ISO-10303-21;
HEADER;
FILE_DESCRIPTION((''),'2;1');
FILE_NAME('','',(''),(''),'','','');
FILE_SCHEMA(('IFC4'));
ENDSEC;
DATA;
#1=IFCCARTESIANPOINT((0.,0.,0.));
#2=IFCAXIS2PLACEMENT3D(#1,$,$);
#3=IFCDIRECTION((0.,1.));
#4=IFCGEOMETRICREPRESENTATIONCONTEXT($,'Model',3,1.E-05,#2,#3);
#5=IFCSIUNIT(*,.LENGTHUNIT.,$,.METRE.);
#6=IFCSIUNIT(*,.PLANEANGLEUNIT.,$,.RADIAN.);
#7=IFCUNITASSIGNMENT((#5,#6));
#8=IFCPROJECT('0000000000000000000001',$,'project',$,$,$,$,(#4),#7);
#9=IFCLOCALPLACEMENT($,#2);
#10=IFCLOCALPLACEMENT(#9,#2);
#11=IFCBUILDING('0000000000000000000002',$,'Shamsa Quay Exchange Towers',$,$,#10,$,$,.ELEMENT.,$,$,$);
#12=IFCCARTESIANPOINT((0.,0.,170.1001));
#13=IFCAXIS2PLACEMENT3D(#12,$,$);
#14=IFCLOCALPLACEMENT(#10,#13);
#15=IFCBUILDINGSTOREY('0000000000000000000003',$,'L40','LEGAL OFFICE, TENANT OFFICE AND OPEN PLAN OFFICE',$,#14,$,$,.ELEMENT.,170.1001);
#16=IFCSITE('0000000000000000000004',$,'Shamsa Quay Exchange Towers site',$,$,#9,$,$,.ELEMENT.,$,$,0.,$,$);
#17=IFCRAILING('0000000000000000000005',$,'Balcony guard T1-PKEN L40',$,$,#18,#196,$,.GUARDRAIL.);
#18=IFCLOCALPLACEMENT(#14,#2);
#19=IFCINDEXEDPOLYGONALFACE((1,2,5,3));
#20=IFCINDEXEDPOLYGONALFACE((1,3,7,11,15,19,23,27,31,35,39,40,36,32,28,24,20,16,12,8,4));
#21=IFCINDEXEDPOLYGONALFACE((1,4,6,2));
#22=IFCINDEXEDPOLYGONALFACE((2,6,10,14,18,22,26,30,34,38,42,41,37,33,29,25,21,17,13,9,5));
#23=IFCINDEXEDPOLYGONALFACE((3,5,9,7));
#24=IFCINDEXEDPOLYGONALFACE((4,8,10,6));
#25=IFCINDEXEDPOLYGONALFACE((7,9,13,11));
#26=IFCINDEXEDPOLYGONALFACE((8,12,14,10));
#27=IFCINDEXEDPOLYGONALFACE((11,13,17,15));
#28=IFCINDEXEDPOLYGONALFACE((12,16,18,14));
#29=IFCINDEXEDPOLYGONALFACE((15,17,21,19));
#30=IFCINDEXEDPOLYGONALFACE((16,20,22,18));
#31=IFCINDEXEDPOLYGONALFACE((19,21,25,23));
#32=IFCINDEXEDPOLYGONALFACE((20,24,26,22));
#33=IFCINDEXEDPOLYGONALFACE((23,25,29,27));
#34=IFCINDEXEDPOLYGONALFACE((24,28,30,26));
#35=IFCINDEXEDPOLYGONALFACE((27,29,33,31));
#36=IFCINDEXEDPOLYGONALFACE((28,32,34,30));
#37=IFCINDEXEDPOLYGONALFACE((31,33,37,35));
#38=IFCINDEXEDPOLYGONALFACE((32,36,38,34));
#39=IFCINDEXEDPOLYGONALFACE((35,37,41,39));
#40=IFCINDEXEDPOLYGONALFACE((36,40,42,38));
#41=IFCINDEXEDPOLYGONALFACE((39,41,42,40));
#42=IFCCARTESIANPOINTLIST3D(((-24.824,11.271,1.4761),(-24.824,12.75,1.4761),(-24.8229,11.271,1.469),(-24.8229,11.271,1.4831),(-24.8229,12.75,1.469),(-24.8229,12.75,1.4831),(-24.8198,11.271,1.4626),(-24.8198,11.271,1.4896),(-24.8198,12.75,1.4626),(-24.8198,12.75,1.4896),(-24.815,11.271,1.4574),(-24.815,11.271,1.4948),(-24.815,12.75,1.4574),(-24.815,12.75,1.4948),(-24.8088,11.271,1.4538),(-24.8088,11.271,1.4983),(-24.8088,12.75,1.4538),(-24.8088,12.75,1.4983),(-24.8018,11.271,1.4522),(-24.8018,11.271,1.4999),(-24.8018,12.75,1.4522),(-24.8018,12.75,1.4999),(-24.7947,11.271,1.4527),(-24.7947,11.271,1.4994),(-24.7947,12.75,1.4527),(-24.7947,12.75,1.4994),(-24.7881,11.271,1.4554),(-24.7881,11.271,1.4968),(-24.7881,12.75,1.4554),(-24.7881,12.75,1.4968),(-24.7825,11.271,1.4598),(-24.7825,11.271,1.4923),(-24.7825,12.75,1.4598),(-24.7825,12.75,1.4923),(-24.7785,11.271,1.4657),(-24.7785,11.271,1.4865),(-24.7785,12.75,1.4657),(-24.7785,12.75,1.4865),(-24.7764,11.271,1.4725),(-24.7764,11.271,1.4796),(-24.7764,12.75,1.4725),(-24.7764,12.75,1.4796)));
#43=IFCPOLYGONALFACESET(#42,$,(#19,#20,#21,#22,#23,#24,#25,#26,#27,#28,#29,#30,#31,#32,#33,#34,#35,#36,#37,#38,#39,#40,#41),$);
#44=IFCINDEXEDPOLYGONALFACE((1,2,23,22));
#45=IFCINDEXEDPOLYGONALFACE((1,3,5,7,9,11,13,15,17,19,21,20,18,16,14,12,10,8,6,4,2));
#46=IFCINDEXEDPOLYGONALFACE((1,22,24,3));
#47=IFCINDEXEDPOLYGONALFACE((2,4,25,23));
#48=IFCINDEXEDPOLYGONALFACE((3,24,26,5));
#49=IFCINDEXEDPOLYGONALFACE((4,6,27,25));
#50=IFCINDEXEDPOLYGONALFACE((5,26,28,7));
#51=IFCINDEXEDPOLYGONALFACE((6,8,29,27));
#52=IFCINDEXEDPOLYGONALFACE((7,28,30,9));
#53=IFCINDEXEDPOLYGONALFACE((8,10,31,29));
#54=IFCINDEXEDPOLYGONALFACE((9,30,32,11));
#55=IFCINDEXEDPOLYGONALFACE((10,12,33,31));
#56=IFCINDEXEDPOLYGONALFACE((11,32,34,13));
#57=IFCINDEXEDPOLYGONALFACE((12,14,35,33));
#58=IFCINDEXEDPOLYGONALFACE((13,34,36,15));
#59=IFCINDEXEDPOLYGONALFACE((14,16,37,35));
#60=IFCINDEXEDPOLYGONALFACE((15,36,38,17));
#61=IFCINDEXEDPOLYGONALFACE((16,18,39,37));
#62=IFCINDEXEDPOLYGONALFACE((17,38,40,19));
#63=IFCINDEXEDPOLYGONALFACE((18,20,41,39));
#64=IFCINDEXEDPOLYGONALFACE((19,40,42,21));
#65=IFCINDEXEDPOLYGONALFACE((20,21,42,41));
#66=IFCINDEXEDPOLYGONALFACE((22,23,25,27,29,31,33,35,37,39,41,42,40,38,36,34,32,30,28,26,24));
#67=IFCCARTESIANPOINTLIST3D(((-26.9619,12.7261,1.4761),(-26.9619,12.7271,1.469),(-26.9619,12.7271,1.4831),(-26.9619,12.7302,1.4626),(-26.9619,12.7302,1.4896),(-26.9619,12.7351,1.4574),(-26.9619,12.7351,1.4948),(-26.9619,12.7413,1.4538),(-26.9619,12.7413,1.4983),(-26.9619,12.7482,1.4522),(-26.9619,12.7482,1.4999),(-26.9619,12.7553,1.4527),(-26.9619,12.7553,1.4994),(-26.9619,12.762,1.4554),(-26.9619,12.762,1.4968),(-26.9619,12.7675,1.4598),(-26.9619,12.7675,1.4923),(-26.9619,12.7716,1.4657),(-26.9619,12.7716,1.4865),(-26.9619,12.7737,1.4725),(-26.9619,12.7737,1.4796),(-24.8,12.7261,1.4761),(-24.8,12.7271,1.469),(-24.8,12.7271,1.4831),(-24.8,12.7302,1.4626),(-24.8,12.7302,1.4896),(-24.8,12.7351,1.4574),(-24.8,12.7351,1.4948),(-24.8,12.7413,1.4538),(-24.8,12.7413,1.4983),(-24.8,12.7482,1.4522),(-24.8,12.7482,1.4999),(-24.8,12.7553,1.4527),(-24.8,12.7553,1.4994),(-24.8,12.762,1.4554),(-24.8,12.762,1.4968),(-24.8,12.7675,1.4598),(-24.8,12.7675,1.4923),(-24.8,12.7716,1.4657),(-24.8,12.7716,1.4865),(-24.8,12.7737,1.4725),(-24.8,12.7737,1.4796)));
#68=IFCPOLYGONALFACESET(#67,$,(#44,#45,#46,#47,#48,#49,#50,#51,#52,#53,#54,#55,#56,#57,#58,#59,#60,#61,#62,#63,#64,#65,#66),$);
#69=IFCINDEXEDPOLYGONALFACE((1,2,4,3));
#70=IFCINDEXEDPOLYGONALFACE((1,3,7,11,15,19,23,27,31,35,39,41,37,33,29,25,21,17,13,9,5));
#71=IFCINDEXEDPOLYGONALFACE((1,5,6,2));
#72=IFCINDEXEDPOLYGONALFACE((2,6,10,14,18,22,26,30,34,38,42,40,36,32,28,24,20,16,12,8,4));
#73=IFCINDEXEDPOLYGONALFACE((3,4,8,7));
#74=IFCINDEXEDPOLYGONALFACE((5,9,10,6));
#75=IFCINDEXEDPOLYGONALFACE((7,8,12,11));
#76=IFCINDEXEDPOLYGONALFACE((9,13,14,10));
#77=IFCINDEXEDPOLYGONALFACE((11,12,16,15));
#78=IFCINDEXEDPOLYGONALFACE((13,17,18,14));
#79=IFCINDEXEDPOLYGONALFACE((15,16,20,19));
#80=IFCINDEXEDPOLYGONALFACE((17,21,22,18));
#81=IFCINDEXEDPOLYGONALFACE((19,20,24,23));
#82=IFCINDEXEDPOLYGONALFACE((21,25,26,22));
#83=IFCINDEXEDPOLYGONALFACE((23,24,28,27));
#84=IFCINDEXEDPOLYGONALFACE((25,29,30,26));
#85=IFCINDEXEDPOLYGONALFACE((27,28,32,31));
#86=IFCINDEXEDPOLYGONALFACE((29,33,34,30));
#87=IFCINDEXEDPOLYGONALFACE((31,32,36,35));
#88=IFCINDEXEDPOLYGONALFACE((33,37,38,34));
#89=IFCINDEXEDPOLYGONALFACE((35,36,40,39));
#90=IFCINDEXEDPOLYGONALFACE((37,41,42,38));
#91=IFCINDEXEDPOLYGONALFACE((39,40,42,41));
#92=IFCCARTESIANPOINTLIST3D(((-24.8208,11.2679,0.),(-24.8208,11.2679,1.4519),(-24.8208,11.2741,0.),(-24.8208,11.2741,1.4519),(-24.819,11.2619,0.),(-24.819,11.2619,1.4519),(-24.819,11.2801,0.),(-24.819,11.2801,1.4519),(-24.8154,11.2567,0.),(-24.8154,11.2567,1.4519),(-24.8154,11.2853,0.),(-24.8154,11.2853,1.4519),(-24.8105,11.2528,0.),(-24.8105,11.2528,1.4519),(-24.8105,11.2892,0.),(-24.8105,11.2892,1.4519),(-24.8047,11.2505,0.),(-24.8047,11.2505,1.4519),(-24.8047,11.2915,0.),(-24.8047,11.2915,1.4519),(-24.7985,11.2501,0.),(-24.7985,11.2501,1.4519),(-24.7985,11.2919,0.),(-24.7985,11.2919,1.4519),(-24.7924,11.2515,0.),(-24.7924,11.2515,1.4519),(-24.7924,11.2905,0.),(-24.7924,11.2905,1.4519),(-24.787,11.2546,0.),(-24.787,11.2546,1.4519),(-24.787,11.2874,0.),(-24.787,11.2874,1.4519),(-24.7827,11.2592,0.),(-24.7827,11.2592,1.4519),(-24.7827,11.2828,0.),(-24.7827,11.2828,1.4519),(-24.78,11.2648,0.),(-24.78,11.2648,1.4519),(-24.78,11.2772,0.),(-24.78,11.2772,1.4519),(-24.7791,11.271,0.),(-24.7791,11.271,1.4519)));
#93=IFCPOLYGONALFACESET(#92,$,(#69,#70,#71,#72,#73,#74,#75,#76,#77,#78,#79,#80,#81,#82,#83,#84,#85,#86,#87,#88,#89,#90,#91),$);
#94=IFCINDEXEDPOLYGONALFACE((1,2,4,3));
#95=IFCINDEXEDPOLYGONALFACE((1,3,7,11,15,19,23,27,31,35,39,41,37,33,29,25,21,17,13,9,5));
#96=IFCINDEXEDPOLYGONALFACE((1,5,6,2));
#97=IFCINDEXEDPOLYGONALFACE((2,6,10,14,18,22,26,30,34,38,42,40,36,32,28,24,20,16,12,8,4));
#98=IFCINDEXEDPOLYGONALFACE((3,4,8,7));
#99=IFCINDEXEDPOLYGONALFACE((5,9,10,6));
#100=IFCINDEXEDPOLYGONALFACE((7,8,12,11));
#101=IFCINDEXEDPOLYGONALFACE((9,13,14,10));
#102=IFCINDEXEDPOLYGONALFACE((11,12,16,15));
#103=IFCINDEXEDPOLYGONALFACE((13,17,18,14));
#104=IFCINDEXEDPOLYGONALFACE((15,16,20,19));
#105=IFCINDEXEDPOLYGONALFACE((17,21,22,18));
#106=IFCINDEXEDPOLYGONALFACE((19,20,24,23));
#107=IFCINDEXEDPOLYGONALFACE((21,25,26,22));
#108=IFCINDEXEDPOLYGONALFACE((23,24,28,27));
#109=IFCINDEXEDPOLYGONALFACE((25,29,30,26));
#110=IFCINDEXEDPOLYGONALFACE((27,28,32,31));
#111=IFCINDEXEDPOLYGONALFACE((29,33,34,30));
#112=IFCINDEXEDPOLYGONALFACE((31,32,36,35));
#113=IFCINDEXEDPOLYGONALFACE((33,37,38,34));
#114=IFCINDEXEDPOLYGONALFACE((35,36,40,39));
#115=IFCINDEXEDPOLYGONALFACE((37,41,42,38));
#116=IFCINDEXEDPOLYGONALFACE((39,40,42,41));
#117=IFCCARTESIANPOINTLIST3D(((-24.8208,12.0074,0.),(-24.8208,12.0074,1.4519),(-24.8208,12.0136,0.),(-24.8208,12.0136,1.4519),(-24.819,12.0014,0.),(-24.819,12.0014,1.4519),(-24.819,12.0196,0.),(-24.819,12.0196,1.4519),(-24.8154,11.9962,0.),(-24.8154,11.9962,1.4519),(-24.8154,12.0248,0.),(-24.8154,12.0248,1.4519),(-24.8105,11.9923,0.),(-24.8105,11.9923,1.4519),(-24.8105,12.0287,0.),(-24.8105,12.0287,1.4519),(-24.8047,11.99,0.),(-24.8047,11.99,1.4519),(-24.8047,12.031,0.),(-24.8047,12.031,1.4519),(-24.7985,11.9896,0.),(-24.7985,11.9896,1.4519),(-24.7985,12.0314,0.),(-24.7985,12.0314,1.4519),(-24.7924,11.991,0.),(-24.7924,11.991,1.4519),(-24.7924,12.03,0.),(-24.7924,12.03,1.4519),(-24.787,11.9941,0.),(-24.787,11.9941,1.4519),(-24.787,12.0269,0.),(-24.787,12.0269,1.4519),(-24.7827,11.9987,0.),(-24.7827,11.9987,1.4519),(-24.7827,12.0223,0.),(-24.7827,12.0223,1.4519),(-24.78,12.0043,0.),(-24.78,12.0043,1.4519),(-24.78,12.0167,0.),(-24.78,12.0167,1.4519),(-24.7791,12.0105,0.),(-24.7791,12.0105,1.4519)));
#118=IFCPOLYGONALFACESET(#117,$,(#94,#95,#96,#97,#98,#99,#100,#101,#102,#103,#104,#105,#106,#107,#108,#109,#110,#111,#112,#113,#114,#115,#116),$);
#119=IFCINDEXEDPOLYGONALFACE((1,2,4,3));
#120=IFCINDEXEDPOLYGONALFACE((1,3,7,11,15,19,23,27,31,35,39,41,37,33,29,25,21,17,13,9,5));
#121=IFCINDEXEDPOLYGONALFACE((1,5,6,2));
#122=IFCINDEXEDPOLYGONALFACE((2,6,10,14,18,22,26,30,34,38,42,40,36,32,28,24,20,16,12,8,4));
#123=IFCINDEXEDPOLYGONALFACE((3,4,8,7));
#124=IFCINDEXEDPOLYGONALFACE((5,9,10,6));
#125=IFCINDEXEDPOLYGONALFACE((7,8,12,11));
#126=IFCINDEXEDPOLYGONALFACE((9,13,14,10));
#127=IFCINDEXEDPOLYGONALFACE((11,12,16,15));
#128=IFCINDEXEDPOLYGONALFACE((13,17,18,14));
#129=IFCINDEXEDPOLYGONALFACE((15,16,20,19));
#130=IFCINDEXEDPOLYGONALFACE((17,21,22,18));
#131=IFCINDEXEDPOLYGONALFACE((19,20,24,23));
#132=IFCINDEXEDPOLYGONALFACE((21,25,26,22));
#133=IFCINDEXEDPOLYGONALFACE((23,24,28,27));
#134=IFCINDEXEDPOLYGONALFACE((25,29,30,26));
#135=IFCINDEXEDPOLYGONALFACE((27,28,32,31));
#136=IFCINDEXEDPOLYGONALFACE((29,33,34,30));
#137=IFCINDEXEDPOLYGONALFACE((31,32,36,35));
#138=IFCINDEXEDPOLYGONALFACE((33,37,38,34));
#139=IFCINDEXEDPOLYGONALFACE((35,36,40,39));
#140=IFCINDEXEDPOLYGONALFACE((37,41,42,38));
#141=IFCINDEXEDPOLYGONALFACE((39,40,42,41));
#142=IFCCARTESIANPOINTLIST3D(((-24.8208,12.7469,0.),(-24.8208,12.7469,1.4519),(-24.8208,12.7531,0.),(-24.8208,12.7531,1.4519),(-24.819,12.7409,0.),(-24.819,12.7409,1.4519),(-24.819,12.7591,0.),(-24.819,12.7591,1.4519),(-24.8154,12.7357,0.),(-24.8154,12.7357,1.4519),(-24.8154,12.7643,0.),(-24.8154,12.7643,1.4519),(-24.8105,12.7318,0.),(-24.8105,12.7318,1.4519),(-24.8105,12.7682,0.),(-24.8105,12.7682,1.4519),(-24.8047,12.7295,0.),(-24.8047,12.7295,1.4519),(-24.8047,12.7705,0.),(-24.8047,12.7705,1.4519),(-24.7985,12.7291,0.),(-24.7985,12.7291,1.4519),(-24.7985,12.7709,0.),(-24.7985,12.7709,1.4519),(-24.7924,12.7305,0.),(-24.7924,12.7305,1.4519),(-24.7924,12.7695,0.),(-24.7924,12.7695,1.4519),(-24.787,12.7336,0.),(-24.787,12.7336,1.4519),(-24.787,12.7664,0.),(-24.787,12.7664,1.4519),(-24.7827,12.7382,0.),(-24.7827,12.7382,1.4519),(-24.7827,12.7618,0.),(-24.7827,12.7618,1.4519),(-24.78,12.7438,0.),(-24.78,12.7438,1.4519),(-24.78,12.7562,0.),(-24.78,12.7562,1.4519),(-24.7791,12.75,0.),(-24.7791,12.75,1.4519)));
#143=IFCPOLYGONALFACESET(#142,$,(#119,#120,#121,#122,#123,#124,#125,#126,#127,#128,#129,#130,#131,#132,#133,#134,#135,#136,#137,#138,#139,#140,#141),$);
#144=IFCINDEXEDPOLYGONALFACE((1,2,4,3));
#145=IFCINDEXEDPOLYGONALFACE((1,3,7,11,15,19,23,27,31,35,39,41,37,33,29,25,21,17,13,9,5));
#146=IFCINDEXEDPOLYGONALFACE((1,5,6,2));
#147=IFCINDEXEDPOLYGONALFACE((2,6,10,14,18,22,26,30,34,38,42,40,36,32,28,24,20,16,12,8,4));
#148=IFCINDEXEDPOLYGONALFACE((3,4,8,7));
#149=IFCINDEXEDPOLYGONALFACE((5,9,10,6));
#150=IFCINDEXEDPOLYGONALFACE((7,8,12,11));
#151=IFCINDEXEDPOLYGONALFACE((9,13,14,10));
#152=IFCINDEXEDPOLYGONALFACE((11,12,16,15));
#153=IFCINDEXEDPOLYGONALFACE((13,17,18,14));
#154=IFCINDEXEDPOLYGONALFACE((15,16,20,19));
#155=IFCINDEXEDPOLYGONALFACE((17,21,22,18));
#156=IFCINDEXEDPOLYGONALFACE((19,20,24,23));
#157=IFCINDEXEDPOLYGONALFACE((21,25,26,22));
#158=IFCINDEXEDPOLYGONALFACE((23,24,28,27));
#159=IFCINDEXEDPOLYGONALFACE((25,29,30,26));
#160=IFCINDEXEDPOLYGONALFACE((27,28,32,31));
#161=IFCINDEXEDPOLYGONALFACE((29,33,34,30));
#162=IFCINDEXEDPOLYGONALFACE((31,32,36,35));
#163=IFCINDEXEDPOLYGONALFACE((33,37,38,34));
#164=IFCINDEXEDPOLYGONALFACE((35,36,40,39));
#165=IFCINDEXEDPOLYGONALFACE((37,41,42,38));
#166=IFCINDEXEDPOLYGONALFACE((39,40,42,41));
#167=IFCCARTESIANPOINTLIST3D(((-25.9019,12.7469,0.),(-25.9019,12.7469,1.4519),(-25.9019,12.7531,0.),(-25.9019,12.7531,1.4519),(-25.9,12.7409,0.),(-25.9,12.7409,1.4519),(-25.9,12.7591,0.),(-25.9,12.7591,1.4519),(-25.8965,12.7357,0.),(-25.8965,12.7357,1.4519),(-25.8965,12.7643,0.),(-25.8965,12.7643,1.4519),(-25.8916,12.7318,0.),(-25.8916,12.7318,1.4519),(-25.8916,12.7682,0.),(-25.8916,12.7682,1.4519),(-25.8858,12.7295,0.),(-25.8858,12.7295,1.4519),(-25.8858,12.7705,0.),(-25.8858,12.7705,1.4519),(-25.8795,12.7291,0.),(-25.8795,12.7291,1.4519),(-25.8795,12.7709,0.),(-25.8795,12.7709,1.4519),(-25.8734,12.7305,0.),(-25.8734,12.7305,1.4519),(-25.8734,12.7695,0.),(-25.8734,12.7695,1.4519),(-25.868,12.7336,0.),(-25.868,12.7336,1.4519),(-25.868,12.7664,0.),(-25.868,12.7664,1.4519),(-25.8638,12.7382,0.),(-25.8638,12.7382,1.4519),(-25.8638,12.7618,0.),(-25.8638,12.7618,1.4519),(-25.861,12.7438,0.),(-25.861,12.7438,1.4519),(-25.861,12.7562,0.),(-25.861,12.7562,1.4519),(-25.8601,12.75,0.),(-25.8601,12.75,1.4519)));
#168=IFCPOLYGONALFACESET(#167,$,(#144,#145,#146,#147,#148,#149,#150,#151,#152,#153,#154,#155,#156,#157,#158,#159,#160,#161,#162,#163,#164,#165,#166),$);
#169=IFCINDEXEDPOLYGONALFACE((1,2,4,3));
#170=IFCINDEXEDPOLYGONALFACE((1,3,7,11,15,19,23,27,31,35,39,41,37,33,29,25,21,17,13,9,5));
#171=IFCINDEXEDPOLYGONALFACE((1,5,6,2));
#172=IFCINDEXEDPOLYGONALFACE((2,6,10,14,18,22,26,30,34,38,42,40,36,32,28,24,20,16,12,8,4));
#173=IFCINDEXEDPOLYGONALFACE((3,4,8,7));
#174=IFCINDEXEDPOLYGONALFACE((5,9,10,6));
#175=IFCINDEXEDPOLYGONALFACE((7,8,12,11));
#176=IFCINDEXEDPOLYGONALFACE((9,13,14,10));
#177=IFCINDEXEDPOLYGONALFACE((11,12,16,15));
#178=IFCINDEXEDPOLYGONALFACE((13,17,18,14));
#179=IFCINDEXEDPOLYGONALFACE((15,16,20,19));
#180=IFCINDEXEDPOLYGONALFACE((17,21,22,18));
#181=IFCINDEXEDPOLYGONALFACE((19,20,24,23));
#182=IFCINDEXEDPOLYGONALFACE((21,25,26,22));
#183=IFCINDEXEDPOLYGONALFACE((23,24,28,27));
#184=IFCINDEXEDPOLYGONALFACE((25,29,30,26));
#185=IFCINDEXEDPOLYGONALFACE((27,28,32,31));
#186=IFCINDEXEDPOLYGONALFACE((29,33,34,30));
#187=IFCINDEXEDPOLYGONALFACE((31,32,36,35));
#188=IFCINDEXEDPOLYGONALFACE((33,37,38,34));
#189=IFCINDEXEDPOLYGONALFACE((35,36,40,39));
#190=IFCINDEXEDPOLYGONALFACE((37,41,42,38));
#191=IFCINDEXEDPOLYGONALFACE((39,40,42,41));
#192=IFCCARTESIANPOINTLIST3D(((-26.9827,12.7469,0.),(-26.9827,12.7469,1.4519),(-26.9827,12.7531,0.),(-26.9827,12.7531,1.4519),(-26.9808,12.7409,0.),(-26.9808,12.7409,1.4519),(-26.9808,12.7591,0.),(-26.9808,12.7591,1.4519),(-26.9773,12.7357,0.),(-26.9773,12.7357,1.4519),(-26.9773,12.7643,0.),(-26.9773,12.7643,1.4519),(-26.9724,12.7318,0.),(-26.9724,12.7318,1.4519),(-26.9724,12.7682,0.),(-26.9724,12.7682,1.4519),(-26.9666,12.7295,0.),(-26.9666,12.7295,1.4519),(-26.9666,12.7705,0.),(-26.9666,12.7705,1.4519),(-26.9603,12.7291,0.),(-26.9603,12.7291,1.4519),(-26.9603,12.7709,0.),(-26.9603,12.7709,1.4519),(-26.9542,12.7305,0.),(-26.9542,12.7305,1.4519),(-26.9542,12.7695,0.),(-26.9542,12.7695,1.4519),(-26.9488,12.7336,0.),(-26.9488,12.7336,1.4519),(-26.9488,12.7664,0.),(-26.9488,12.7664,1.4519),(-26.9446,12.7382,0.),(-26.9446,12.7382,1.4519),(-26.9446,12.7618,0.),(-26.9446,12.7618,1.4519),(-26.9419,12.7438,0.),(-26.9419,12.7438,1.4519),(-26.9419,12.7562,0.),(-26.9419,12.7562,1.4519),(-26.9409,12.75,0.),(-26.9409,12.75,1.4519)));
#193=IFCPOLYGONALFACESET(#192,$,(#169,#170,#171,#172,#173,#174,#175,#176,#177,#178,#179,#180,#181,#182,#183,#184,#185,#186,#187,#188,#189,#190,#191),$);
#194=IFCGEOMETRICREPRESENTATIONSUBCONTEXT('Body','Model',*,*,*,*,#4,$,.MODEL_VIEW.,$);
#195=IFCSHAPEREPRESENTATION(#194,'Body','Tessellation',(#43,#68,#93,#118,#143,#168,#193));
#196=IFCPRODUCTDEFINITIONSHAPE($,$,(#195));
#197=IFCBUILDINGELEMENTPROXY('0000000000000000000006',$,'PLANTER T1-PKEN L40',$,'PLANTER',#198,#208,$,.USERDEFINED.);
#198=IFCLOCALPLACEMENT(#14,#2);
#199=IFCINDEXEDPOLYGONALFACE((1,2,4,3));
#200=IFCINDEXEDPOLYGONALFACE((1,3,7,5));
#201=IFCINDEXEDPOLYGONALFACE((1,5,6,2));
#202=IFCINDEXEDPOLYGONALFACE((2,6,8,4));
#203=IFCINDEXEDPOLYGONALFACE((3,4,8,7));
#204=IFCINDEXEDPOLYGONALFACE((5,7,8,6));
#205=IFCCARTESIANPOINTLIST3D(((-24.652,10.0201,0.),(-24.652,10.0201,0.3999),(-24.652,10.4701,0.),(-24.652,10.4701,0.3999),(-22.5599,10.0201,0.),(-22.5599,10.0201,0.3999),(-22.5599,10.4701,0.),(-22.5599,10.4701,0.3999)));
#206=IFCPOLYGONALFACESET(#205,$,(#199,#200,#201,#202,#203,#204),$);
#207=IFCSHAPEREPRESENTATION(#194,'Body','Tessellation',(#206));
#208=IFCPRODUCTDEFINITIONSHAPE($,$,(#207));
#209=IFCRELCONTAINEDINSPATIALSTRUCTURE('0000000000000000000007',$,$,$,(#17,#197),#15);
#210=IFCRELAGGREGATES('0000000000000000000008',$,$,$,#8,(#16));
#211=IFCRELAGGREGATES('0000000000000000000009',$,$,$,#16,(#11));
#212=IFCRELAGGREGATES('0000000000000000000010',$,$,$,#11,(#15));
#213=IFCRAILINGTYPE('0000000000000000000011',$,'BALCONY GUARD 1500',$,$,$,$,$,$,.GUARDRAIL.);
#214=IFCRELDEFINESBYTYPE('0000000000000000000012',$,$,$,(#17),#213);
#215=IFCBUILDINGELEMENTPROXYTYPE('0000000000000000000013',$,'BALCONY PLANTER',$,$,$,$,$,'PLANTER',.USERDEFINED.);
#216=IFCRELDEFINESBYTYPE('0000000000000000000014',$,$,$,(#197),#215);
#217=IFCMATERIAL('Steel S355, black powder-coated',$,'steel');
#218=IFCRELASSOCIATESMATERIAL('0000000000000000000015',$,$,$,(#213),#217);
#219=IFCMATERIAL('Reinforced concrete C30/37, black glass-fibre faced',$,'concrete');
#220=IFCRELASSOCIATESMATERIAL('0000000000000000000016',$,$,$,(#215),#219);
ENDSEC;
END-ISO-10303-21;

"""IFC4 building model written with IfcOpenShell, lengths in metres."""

from ifc_helpers import new_model, si_unit, direction, frame, origin, origin_2d, place, context, subcontext, project, spatial, rectangle, circle, extrude, material, type_object, element, save


model = new_model("IFC4")

# Units and contexts
model_context = context("Model", 3, precision=1e-05, world=origin(), true_north=direction((0.0, 1.0)))
body_context = subcontext(model_context, "Body", "Model", "MODEL_VIEW")
ifc_project = project(units=[si_unit("LENGTHUNIT", "METRE"), si_unit("PLANEANGLEUNIT", "RADIAN")], contexts=[model_context])

# Site, building, storey
site_placement = place(None, origin())
site = spatial("IfcSite", under=ifc_project, at=site_placement, Name="Shamsa Quay Exchange Towers site", CompositionType="ELEMENT", RefElevation=0.0)
building_placement = place(site_placement, origin())
building = spatial("IfcBuilding", under=site, at=building_placement, Name="Shamsa Quay Exchange Towers", CompositionType="ELEMENT")
storey_placement = place(building_placement, frame((0.0, 0.0, 170.1001)))
storey = spatial("IfcBuildingStorey", under=building, at=storey_placement, Name="L40", Description="LEGAL OFFICE, TENANT OFFICE AND OPEN PLAN OFFICE", CompositionType="ELEMENT", Elevation=170.1001)

# Railing
ifc_material_1 = material(Name="Steel S355, black powder-coated", Category="steel")
railing_type = type_object("IfcRailingType", Name="BALCONY GUARD 1500", PredefinedType="GUARDRAIL", material=ifc_material_1)
for number, where, name in (
    (1, (-24.8, 11.271, 0.0), "Balcony guard T1-PKEN L40"),
):
    element("IfcRailing", number, at=place(storey_placement, frame(where)), inside=storey, type_object=railing_type, Name=name, PredefinedType="GUARDRAIL", context=body_context, shape_type="SweptSolid", body=[
        extrude(circle(Radius=0.0239, at=origin_2d()), frame((0.0, 0.0, 1.4761), z_axis=(0.0, 1.0, 0.0), x_axis=(-1.0, 0.0, 0.0)), (0.0, 0.0, 1.0), 1.479),
        extrude(circle(Radius=0.0239, at=origin_2d()), frame((0.0, 1.479, 1.4761), z_axis=(-1.0, 0.0, 0.0), x_axis=(0.0, -1.0, 0.0)), (0.0, 0.0, 1.0), 2.1619),
        extrude(circle(Radius=0.021, at=origin_2d()), origin(), (0.0, 0.0, 1.0), 1.4519),
        extrude(circle(Radius=0.021, at=origin_2d()), frame((0.0, 0.7395, 0.0)), (0.0, 0.0, 1.0), 1.4519),
        extrude(circle(Radius=0.021, at=origin_2d()), frame((0.0, 1.479, 0.0)), (0.0, 0.0, 1.0), 1.4519),
        extrude(circle(Radius=0.021, at=origin_2d()), frame((-1.0811, 1.479, 0.0)), (0.0, 0.0, 1.0), 1.4519),
        extrude(circle(Radius=0.021, at=origin_2d()), frame((-2.1619, 1.479, 0.0)), (0.0, 0.0, 1.0), 1.4519),
    ])

# Building element proxy
ifc_material_2 = material(Name="Reinforced concrete C30/37, black glass-fibre faced", Category="concrete")
building_element_proxy_type = type_object("IfcBuildingElementProxyType", Name="BALCONY PLANTER", ElementType="PLANTER", PredefinedType="USERDEFINED", material=ifc_material_2)
for number, where, z_axis, x_axis, name in (
    (2, (-23.606, 10.2451, 0.0), (0.0, 0.0, 1.0), (-1.0, 0.0, 0.0), "PLANTER T1-PKEN L40"),
):
    element("IfcBuildingElementProxy", number, at=place(storey_placement, frame(where, z_axis=z_axis, x_axis=x_axis)), inside=storey, type_object=building_element_proxy_type, Name=name, ObjectType="PLANTER", PredefinedType="USERDEFINED", context=body_context, shape_type="SweptSolid", body=[
        extrude(rectangle(XDim=2.092, YDim=0.45, at=origin_2d()), origin(), (0.0, 0.0, 1.0), 0.3999),
    ])

save(model, "model.ifc")
